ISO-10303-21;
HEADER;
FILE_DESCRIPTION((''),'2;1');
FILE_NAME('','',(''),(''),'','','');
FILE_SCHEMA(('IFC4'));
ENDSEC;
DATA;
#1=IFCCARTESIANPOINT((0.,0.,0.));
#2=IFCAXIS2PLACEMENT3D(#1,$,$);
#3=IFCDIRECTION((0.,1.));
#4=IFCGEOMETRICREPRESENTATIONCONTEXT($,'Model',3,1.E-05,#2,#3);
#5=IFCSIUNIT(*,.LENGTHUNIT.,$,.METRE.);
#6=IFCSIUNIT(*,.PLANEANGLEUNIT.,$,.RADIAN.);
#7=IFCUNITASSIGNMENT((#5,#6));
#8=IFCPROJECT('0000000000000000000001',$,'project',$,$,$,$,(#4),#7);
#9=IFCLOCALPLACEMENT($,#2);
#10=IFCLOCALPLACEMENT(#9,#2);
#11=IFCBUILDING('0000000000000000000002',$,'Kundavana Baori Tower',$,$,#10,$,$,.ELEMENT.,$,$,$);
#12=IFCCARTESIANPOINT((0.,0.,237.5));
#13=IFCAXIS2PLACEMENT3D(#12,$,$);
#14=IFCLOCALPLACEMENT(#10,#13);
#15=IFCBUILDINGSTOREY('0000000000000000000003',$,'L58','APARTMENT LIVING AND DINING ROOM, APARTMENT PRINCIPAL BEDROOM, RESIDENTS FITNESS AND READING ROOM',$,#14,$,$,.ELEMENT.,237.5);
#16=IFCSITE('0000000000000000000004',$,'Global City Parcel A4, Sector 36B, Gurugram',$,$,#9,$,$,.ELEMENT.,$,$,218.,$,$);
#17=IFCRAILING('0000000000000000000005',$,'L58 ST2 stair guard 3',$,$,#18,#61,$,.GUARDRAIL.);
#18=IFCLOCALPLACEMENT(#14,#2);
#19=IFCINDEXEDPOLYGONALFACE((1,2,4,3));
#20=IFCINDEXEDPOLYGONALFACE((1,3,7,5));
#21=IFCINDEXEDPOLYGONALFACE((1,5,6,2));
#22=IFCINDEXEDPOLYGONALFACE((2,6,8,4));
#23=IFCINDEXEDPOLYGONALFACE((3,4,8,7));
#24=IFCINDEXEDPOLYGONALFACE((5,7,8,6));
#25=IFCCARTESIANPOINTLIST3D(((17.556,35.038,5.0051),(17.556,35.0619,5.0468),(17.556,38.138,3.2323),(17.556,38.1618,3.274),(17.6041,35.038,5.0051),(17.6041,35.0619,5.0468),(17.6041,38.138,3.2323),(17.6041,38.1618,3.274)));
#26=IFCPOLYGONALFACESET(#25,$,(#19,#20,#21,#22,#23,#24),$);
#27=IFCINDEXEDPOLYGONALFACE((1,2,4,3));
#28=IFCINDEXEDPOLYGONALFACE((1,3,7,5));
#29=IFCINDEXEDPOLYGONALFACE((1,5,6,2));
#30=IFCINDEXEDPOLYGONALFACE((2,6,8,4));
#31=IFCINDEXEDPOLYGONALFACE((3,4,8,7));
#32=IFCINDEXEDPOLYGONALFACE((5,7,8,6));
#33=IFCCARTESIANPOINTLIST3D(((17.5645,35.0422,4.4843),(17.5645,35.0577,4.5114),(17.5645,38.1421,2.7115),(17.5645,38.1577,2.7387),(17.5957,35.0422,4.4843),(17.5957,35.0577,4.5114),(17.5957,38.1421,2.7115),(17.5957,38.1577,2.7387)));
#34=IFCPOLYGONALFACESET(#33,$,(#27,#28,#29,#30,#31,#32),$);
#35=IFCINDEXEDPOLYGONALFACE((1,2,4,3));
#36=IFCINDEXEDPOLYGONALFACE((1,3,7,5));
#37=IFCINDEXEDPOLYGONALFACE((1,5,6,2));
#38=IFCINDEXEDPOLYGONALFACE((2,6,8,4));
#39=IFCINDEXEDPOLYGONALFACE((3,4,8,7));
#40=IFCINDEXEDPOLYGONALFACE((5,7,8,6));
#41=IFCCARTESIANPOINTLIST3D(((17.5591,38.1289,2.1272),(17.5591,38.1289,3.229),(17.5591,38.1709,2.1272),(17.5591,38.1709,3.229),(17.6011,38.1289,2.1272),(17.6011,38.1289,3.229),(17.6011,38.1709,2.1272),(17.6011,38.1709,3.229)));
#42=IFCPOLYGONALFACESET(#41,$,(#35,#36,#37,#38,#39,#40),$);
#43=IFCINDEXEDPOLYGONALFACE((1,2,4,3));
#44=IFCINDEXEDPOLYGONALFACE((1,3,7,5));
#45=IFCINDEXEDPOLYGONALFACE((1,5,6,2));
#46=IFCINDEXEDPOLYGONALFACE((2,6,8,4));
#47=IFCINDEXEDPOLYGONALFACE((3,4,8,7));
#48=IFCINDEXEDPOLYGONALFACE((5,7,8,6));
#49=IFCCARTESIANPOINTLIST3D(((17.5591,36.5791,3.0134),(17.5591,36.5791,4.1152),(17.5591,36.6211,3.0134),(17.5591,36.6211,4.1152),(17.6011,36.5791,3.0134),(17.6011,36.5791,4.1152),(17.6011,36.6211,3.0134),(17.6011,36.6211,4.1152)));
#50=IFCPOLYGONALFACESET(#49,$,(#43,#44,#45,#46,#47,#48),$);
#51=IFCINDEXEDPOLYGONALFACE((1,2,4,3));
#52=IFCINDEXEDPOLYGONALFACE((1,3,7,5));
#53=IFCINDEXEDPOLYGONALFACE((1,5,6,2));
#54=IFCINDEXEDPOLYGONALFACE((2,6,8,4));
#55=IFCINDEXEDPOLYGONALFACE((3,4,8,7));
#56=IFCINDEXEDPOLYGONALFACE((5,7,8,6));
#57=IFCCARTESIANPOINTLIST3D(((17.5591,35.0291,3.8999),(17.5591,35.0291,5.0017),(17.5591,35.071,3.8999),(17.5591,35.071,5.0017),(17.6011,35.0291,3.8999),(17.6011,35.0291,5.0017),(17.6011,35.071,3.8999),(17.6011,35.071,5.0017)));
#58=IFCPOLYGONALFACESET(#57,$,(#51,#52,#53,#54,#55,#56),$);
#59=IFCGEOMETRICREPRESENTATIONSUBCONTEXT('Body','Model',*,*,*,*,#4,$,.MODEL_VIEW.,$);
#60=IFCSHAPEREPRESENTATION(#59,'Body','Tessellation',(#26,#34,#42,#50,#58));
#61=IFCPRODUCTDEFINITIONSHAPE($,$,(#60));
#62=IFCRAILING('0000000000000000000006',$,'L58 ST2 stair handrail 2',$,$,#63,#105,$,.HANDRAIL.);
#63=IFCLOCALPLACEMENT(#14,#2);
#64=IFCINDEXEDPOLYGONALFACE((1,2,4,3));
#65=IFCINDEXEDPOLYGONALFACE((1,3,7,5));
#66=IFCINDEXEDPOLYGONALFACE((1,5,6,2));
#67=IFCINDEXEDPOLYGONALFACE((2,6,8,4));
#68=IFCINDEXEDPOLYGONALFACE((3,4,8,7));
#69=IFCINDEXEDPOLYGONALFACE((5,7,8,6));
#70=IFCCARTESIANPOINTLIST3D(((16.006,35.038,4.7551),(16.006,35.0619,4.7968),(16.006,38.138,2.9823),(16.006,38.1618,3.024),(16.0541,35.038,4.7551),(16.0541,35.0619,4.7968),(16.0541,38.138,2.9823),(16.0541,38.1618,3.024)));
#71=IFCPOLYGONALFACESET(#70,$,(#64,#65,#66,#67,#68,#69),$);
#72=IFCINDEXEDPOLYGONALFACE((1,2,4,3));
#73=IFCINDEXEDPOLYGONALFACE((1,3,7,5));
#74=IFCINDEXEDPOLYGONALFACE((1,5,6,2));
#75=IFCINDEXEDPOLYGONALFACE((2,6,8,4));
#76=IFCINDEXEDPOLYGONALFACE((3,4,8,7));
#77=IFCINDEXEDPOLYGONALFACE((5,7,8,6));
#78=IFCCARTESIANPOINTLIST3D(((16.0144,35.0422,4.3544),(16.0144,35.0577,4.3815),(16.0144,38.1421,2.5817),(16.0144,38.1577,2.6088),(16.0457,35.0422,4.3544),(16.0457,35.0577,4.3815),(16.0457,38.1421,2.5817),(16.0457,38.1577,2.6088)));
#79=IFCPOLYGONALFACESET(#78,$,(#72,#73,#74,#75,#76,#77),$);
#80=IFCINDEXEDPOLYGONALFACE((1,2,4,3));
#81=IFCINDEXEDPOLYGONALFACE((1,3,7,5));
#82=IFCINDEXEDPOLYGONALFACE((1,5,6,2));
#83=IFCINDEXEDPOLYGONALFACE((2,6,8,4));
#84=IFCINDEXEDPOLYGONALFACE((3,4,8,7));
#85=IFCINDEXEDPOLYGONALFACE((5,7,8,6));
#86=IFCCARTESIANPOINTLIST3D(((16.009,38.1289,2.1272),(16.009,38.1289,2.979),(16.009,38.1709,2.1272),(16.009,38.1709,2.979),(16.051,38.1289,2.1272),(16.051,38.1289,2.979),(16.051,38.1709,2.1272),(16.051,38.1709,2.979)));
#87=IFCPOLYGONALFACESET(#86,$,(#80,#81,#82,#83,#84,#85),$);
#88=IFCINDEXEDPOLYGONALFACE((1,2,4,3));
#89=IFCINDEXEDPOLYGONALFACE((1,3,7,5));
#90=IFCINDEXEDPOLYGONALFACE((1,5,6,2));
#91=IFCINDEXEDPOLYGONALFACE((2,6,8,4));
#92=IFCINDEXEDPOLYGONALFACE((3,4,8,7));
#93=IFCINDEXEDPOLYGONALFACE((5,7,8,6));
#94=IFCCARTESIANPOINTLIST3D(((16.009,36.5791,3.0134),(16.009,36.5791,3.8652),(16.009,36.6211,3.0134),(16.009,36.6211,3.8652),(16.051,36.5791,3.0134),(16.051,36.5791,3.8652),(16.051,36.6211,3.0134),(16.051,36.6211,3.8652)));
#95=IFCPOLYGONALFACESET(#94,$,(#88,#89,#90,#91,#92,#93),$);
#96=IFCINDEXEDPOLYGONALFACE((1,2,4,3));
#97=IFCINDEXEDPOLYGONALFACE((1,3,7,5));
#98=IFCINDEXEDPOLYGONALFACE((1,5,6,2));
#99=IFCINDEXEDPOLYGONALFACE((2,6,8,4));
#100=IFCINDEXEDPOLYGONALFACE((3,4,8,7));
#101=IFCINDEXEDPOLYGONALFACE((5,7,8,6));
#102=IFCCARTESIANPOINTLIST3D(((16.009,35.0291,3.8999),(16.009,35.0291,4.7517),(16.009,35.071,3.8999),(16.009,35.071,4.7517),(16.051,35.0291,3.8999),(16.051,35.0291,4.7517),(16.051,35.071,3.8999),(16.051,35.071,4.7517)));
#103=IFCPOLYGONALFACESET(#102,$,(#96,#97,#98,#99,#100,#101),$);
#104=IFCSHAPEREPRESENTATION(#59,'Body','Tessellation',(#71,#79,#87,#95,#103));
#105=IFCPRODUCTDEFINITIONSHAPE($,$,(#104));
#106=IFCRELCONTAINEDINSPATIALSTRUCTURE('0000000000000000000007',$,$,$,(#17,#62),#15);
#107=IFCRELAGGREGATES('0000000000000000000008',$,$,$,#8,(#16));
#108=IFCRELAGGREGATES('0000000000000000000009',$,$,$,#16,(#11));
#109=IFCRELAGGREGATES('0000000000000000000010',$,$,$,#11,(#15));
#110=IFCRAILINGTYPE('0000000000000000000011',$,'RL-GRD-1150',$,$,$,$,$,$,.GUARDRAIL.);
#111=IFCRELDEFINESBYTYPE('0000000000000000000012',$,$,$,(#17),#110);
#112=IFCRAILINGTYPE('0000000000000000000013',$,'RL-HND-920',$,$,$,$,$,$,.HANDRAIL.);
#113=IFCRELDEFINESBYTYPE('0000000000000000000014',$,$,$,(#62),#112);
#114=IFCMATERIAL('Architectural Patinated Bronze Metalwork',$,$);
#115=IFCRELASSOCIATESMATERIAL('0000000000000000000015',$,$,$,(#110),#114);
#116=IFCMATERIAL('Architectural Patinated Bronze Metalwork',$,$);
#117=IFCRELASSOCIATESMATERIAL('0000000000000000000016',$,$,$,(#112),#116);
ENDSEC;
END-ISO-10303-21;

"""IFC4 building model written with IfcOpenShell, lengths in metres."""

from ifc_helpers import new_model, si_unit, direction, frame, origin, origin_2d, place, context, subcontext, project, spatial, rectangle, extrude, material, type_object, element, save


model = new_model("IFC4")

# Units and contexts
model_context = context("Model", 3, precision=1e-05, world=origin(), true_north=direction((0.0, 1.0)))
body_context = subcontext(model_context, "Body", "Model", "MODEL_VIEW")
ifc_project = project(units=[si_unit("LENGTHUNIT", "METRE"), si_unit("PLANEANGLEUNIT", "RADIAN")], contexts=[model_context])

# Site, building, storey
site_placement = place(None, origin())
site = spatial("IfcSite", under=ifc_project, at=site_placement, Name="Global City Parcel A4, Sector 36B, Gurugram", CompositionType="ELEMENT", RefElevation=218.0)
building_placement = place(site_placement, origin())
building = spatial("IfcBuilding", under=site, at=building_placement, Name="Kundavana Baori Tower", CompositionType="ELEMENT")
storey_placement = place(building_placement, frame((0.0, 0.0, 237.5)))
storey = spatial("IfcBuildingStorey", under=building, at=storey_placement, Name="L58", Description="APARTMENT LIVING AND DINING ROOM, APARTMENT PRINCIPAL BEDROOM, RESIDENTS FITNESS AND READING ROOM", CompositionType="ELEMENT", Elevation=237.5)

# Railings
ifc_material_1 = material(Name="Architectural Patinated Bronze Metalwork")
railing_type_1 = type_object("IfcRailingType", Name="RL-GRD-1150", PredefinedType="GUARDRAIL", material=ifc_material_1)
railing_1_placement = place(storey_placement, frame((17.5801, 38.1499, 2.1272)))
element("IfcRailing", 1, at=railing_1_placement, inside=storey, type_object=railing_type_1, Name="L58 ST2 stair guard 3", PredefinedType="GUARDRAIL", context=body_context, shape_type="SweptSolid", body=[
    extrude(rectangle(XDim=0.0481, YDim=0.0481, at=origin_2d()), frame((0.0, 0.0, 1.126), z_axis=(0.0, -0.868079, 0.496426), x_axis=(1.0, 0.0, 0.0)), (0.0, 0.0, 1.0), 3.571),
    extrude(rectangle(XDim=0.0312, YDim=0.0312, at=origin_2d()), frame((0.0, 0.0, 0.5979), z_axis=(0.0, -0.868079, 0.496426), x_axis=(1.0, 0.0, 0.0)), (0.0, 0.0, 1.0), 3.571),
    extrude(rectangle(XDim=0.042, YDim=0.042, at=origin_2d()), origin(), (0.0, 0.0, 1.0), 1.1018),
    extrude(rectangle(XDim=0.042, YDim=0.042, at=origin_2d()), frame((0.0, -1.5498, 0.8862)), (0.0, 0.0, 1.0), 1.1018),
    extrude(rectangle(XDim=0.042, YDim=0.042, at=origin_2d()), frame((0.0, -3.0999, 1.7727)), (0.0, 0.0, 1.0), 1.1018),
])
ifc_material_2 = material(Name="Architectural Patinated Bronze Metalwork")
railing_type_2 = type_object("IfcRailingType", Name="RL-HND-920", PredefinedType="HANDRAIL", material=ifc_material_2)
railing_2_placement = place(storey_placement, frame((16.03, 38.1499, 2.1272)))
element("IfcRailing", 2, at=railing_2_placement, inside=storey, type_object=railing_type_2, Name="L58 ST2 stair handrail 2", PredefinedType="HANDRAIL", context=body_context, shape_type="SweptSolid", body=[
    extrude(rectangle(XDim=0.0481, YDim=0.0481, at=origin_2d()), frame((0.0, 0.0, 0.876), z_axis=(0.0, -0.868079, 0.496426), x_axis=(1.0, 0.0, 0.0)), (0.0, 0.0, 1.0), 3.571),
    extrude(rectangle(XDim=0.0312, YDim=0.0312, at=origin_2d()), frame((0.0, 0.0, 0.468), z_axis=(0.0, -0.868079, 0.496426), x_axis=(1.0, 0.0, 0.0)), (0.0, 0.0, 1.0), 3.571),
    extrude(rectangle(XDim=0.042, YDim=0.042, at=origin_2d()), origin(), (0.0, 0.0, 1.0), 0.8518),
    extrude(rectangle(XDim=0.042, YDim=0.042, at=origin_2d()), frame((0.0, -1.5498, 0.8862)), (0.0, 0.0, 1.0), 0.8518),
    extrude(rectangle(XDim=0.042, YDim=0.042, at=origin_2d()), frame((0.0, -3.0999, 1.7727)), (0.0, 0.0, 1.0), 0.8518),
])

save(model, "model.ifc")
